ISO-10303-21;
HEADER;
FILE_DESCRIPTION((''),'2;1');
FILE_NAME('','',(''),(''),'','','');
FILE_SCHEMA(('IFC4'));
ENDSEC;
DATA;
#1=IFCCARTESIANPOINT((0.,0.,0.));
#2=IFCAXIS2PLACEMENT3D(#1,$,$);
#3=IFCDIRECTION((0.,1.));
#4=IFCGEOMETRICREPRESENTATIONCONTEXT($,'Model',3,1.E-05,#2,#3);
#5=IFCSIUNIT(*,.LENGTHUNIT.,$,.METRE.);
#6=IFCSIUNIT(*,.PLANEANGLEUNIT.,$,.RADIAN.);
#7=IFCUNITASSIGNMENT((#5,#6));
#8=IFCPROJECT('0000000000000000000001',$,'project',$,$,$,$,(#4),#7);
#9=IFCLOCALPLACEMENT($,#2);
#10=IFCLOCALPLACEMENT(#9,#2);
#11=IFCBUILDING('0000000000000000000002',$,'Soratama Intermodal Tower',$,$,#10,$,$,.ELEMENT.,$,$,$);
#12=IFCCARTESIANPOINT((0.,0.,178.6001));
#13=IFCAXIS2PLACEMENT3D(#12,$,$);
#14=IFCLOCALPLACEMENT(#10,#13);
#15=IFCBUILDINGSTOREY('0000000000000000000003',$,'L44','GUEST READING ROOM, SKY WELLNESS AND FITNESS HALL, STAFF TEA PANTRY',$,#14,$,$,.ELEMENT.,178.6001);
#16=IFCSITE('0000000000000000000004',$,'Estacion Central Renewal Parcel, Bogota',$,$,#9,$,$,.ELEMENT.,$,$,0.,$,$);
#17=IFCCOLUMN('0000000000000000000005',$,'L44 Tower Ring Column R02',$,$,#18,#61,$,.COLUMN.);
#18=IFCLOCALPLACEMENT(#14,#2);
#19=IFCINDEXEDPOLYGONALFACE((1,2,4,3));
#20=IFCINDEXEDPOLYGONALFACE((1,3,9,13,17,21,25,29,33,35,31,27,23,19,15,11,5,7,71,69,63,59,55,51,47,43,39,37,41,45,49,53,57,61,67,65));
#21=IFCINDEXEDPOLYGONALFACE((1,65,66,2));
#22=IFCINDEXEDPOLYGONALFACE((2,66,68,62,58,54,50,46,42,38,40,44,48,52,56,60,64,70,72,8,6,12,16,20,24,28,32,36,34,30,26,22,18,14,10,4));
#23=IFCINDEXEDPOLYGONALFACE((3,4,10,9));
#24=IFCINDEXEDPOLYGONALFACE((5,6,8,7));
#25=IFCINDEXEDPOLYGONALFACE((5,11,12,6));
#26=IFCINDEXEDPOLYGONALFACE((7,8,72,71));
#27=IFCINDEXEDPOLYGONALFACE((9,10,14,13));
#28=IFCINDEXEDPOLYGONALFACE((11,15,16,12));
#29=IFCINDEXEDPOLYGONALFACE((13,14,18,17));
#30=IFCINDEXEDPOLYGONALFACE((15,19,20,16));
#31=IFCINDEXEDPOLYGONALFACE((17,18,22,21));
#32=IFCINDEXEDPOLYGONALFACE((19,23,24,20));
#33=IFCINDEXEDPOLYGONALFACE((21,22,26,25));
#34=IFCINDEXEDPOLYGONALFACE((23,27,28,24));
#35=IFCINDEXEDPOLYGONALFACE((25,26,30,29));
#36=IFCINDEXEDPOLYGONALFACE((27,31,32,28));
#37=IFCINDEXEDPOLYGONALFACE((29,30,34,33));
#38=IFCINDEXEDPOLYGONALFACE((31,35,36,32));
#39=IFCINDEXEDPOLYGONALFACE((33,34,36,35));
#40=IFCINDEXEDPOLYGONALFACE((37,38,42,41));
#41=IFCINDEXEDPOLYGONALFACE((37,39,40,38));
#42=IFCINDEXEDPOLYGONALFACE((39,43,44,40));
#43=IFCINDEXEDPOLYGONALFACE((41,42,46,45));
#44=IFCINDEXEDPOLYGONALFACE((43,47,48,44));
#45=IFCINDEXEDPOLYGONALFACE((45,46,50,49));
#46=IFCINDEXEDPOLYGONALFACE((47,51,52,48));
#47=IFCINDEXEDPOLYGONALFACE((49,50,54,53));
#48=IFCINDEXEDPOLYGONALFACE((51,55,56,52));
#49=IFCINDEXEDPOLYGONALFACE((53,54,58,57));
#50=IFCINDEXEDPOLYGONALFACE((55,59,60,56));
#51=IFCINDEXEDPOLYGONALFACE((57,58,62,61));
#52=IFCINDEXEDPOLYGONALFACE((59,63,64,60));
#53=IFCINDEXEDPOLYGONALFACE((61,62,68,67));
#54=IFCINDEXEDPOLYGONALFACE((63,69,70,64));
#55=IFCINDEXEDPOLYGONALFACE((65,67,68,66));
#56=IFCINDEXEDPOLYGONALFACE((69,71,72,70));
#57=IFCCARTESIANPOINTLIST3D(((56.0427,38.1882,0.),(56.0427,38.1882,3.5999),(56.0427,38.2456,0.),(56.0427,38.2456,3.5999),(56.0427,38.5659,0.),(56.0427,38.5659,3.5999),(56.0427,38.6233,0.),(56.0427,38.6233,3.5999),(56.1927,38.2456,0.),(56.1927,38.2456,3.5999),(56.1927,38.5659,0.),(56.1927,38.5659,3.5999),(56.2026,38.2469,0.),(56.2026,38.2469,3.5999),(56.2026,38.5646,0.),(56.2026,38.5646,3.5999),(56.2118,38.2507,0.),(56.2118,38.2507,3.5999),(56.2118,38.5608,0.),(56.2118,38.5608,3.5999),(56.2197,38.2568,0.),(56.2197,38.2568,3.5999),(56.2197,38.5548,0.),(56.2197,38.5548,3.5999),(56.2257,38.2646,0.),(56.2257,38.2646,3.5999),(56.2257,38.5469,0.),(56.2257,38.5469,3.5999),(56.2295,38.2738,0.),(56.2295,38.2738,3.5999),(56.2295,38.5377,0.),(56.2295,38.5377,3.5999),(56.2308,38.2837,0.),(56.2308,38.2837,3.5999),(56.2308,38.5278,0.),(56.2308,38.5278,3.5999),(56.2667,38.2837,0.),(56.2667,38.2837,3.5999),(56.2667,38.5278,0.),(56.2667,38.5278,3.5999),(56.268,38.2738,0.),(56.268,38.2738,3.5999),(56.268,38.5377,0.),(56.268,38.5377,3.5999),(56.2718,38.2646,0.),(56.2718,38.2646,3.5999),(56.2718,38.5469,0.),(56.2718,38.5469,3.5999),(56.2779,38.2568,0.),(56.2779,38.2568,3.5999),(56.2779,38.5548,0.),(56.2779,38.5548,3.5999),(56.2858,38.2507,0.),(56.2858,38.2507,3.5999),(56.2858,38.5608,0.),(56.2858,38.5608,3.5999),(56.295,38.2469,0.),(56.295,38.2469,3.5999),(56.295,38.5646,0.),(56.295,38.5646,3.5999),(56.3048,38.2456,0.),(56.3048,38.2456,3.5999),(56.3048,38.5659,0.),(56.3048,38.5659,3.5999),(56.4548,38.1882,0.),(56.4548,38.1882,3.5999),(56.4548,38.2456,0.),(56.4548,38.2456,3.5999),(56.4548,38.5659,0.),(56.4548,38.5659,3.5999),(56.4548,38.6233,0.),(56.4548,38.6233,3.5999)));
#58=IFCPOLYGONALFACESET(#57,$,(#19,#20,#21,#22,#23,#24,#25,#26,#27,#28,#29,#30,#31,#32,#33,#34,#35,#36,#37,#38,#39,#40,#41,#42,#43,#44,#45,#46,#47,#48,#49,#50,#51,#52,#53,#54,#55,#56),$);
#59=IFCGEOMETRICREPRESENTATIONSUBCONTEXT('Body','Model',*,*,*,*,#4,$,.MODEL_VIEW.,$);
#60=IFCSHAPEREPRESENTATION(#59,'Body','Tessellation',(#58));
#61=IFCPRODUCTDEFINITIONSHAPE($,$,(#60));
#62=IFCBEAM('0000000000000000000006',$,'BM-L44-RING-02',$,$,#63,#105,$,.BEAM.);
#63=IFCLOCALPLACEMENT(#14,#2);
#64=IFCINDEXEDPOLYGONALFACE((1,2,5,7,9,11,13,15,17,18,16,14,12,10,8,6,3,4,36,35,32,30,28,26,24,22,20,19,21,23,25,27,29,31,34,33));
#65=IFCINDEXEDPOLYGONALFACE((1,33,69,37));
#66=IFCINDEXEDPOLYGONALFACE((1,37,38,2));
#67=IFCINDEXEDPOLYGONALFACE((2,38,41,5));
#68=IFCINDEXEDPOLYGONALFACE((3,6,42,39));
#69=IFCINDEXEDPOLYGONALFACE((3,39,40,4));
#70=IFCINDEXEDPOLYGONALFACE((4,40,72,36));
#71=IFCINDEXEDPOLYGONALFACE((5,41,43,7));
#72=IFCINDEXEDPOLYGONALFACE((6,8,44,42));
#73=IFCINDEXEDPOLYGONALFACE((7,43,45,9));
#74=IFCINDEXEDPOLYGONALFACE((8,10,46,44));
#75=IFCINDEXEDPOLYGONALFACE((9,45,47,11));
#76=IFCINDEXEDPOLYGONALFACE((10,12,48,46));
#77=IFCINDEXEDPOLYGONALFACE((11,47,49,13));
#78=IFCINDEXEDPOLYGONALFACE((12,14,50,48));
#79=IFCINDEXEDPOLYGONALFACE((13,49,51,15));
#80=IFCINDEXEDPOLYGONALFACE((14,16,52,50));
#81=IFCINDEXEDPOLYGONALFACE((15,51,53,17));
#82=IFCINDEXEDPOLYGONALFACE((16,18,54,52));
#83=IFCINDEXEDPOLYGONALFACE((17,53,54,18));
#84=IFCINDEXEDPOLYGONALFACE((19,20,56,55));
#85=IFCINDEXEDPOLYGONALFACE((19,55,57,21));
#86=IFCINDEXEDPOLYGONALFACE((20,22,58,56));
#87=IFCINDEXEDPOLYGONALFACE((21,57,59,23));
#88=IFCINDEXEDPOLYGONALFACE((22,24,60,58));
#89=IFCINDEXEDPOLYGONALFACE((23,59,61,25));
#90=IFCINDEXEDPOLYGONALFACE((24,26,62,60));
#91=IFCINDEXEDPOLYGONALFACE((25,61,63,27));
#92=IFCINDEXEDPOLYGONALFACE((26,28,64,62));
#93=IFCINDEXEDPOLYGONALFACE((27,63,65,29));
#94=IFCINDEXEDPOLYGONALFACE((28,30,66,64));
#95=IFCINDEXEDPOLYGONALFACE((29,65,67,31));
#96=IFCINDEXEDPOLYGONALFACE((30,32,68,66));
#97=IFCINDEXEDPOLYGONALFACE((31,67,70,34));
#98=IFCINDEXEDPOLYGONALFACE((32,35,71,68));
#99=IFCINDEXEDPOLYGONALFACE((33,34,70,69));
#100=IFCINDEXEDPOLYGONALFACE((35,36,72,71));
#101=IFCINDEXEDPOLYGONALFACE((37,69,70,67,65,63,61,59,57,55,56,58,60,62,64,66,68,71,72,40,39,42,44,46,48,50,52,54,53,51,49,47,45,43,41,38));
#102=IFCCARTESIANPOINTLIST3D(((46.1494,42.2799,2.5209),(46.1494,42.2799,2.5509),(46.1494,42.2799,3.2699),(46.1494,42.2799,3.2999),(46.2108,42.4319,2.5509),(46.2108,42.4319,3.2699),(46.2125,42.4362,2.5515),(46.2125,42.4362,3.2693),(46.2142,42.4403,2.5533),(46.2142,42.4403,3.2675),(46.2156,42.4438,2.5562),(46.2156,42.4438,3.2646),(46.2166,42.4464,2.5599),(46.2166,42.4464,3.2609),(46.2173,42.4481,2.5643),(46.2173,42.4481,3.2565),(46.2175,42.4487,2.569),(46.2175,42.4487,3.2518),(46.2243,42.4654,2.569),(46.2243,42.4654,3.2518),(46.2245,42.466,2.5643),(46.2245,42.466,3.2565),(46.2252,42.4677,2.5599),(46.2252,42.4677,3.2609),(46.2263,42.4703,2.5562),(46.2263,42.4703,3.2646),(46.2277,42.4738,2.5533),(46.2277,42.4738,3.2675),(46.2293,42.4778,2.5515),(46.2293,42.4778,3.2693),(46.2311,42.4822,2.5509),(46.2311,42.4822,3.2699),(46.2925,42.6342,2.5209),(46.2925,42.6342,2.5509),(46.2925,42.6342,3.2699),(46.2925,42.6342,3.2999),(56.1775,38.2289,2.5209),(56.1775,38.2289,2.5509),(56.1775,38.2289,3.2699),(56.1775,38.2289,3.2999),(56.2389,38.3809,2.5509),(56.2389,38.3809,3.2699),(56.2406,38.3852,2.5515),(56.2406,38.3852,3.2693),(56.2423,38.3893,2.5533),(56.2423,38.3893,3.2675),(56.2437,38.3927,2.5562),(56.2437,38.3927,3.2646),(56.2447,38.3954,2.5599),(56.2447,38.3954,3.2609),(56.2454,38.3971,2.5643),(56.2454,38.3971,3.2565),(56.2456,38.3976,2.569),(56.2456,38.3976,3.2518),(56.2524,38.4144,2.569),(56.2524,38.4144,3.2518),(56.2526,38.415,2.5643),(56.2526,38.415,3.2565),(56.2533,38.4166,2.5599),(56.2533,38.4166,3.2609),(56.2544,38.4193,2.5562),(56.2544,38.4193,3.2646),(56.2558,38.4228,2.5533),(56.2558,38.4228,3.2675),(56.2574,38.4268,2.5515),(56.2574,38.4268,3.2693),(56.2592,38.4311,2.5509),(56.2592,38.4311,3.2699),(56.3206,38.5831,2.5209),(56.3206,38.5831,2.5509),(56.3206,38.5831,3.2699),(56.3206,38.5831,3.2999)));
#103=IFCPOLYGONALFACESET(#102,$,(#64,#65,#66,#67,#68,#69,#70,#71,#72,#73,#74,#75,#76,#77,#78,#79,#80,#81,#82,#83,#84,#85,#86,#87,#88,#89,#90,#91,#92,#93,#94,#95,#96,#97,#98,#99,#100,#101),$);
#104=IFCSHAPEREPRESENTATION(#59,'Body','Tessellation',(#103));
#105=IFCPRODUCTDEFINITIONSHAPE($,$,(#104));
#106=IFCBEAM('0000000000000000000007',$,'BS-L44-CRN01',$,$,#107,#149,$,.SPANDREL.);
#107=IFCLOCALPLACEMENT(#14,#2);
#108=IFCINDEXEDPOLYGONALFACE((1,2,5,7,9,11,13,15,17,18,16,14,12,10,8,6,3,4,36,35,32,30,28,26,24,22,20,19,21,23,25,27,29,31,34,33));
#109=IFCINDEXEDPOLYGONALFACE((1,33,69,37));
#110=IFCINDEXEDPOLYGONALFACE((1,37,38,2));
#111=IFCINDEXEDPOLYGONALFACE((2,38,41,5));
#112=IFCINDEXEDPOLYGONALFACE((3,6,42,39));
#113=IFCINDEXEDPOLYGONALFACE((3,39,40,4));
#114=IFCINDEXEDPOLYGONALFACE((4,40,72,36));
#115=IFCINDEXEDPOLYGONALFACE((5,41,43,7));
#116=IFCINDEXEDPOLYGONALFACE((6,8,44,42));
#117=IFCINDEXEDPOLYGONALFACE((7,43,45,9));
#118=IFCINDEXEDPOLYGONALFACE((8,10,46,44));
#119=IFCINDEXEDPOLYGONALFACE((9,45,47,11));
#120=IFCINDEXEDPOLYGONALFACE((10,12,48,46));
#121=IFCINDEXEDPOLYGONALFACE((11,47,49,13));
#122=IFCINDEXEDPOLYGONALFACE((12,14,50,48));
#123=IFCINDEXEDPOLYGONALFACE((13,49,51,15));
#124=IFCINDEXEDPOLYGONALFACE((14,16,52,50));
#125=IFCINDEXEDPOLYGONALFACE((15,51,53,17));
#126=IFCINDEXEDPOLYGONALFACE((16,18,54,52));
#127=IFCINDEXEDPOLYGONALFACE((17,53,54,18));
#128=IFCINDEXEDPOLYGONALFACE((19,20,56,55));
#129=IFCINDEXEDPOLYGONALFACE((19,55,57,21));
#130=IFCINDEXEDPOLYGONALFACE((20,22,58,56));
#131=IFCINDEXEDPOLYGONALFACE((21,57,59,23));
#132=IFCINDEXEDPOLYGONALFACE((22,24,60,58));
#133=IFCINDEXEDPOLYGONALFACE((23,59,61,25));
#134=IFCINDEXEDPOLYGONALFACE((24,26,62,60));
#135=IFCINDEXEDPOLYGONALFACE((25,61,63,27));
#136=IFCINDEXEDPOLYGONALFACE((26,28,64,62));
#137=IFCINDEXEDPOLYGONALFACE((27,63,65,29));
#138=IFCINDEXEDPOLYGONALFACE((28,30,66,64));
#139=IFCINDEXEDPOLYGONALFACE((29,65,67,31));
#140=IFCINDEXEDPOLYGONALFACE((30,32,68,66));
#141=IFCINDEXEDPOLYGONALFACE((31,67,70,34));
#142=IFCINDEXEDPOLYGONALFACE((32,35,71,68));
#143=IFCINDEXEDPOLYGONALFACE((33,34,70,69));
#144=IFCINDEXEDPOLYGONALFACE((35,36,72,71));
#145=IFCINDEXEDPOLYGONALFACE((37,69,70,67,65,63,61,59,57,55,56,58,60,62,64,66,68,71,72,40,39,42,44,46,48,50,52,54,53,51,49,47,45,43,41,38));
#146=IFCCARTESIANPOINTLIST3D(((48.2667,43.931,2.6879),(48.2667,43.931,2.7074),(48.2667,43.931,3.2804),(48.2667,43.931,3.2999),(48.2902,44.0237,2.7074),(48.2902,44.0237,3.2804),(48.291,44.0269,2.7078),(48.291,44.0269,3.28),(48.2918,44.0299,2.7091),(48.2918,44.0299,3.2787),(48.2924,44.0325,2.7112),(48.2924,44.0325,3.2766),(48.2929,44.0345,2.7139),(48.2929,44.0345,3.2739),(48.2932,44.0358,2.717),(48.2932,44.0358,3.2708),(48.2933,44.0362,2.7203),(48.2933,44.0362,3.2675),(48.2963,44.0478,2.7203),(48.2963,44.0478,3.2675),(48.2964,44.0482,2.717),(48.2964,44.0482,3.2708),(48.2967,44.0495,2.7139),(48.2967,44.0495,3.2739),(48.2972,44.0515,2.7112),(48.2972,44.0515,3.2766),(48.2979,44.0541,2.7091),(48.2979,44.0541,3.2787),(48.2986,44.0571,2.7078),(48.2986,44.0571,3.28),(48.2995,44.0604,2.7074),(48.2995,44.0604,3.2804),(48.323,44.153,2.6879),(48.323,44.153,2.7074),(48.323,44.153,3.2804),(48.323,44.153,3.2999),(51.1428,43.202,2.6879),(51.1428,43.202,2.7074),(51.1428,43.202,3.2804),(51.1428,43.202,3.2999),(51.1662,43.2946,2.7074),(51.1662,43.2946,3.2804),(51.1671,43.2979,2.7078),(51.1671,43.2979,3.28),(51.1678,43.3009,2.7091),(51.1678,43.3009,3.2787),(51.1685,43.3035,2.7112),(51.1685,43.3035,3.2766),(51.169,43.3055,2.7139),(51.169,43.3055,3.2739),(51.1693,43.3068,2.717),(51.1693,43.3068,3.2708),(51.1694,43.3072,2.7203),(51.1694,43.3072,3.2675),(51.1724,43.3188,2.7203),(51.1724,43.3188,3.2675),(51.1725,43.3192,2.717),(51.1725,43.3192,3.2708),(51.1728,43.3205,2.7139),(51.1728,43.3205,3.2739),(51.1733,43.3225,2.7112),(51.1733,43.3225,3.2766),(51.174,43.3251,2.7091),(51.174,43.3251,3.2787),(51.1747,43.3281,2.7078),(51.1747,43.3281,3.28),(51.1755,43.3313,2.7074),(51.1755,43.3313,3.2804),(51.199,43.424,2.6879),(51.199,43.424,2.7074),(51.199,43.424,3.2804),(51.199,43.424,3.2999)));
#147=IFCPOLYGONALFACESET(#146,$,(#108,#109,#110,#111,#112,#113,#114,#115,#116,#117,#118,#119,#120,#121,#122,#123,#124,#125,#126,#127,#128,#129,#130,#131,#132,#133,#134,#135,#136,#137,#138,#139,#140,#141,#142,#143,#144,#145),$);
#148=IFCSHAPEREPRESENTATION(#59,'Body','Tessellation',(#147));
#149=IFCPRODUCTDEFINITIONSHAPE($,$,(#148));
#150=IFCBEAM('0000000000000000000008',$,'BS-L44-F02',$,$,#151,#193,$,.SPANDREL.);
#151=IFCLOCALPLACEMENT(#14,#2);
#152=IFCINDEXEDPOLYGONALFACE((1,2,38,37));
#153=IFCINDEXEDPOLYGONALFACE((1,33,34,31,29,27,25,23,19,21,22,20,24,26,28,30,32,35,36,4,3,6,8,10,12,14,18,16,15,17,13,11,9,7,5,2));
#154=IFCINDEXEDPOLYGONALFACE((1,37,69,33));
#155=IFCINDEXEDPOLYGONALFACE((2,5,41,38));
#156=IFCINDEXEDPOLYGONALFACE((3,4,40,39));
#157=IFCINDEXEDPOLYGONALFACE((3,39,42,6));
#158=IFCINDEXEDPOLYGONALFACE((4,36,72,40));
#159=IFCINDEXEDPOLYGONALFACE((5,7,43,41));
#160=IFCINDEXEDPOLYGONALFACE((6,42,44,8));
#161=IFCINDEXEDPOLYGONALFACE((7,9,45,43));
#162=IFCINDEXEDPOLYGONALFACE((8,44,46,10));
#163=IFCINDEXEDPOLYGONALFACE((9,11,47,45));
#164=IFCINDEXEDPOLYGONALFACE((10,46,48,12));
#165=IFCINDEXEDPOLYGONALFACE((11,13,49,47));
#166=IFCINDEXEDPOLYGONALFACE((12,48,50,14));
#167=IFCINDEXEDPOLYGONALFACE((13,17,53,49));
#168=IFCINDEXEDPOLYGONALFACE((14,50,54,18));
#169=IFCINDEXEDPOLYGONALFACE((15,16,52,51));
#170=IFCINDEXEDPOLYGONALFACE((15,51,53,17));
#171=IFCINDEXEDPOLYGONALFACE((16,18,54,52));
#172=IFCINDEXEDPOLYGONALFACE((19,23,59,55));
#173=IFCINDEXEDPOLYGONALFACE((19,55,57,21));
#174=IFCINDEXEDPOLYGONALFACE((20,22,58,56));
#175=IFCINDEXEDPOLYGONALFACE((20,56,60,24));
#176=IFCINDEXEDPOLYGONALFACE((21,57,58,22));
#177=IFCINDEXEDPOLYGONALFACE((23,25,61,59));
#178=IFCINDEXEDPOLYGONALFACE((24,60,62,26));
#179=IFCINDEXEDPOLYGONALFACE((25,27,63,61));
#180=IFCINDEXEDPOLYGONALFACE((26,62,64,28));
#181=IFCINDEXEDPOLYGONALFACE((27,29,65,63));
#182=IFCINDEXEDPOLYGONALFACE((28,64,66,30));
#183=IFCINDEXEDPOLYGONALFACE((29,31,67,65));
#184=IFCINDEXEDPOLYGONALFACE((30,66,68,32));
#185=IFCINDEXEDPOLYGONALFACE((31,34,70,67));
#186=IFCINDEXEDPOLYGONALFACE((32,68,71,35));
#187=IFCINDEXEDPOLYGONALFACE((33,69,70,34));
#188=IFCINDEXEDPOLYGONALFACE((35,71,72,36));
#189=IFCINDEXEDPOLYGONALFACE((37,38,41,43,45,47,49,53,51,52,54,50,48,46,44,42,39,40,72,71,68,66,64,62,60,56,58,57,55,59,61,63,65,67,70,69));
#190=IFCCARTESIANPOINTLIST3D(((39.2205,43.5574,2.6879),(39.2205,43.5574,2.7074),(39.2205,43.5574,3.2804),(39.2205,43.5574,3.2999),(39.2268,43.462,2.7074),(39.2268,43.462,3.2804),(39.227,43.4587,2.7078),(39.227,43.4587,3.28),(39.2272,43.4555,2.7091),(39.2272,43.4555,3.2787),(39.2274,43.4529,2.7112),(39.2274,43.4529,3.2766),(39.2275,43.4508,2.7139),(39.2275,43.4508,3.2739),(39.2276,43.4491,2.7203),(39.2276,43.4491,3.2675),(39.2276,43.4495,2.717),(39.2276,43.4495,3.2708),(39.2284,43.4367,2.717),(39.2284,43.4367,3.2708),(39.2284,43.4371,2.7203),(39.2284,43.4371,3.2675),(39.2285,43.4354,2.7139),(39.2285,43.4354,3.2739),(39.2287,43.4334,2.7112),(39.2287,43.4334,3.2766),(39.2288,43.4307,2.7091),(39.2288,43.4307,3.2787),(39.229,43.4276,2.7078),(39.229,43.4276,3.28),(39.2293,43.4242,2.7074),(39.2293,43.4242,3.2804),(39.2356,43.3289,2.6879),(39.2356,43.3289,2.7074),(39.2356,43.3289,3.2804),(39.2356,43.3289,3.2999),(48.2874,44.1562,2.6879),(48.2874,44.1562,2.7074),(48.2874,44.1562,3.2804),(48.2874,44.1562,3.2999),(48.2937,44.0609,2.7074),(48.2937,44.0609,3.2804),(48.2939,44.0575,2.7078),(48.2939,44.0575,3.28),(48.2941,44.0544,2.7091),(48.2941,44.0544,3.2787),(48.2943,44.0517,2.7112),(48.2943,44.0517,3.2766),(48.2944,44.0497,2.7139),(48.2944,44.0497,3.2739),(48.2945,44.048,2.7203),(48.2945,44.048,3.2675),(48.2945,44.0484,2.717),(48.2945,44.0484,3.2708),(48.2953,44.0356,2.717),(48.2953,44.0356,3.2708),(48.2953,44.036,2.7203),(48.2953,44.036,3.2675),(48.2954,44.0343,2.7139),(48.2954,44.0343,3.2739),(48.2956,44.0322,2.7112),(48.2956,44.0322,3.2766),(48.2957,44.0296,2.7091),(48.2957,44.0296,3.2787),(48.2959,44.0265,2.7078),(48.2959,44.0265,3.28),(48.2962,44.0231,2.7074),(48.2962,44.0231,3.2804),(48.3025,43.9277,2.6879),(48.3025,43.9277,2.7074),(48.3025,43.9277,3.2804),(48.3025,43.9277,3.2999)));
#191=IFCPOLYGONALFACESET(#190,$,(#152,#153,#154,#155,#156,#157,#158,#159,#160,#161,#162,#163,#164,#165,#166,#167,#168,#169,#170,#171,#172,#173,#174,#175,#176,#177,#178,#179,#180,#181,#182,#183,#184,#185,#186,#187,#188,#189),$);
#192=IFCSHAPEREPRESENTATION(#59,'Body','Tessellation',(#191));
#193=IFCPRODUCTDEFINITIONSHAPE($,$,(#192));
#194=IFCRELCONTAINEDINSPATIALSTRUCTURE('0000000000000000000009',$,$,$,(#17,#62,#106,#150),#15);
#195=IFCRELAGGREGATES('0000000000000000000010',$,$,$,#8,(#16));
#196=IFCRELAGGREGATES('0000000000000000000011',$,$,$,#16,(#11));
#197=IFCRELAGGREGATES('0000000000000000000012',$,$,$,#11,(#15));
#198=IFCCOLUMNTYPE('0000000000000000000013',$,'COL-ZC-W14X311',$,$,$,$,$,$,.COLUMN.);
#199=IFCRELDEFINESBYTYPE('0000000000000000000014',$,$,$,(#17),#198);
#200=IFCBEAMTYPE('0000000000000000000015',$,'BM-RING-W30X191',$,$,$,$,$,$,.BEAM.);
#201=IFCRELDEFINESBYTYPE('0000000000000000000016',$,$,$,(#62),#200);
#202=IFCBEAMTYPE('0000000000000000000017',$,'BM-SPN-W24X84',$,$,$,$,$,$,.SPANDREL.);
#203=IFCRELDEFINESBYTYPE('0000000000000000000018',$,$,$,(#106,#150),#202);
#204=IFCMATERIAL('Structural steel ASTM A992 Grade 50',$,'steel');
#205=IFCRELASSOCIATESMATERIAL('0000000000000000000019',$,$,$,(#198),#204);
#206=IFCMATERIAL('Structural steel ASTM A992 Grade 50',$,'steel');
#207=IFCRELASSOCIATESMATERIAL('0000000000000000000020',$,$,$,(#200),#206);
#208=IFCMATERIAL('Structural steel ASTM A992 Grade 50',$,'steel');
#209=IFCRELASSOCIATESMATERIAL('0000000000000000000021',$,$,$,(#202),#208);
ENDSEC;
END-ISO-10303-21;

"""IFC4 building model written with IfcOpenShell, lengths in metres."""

from ifc_helpers import new_model, si_unit, direction, frame, origin, origin_2d, place, context, subcontext, project, spatial, i_section, extrude, material, material_profile, profile_set, type_object, element, save


model = new_model("IFC4")

# Units and contexts
model_context = context("Model", 3, precision=1e-05, world=origin(), true_north=direction((0.0, 1.0)))
body_context = subcontext(model_context, "Body", "Model", "MODEL_VIEW")
ifc_project = project(units=[si_unit("LENGTHUNIT", "METRE"), si_unit("PLANEANGLEUNIT", "RADIAN")], contexts=[model_context])

# Site, building, storey
site_placement = place(None, origin())
site = spatial("IfcSite", under=ifc_project, at=site_placement, Name="Estacion Central Renewal Parcel, Bogota", CompositionType="ELEMENT", RefElevation=0.0)
building_placement = place(site_placement, origin())
building = spatial("IfcBuilding", under=site, at=building_placement, Name="Soratama Intermodal Tower", CompositionType="ELEMENT")
storey_placement = place(building_placement, frame((0.0, 0.0, 178.6001)))
storey = spatial("IfcBuildingStorey", under=building, at=storey_placement, Name="L44", Description="GUEST READING ROOM, SKY WELLNESS AND FITNESS HALL, STAFF TEA PANTRY", CompositionType="ELEMENT", Elevation=178.6001)

# Column
ifc_material_1 = material(Name="Structural steel ASTM A992 Grade 50", Category="steel")
ifc_material_profile_1 = material_profile(ifc_material_1, i_section(OverallWidth=0.4121, OverallDepth=0.4351, WebThickness=0.0359, FlangeThickness=0.0574, FilletRadius=0.0381, at=origin_2d()), Name="W14X311")
ifc_profile_set_1 = profile_set([ifc_material_profile_1], Name="Structural steel ASTM A992 Grade 50")
column_type = type_object("IfcColumnType", Name="COL-ZC-W14X311", PredefinedType="COLUMN", material=ifc_profile_set_1)
column_placement = place(storey_placement, frame((56.2488, 38.4058, 0.0), z_axis=(0.0, 0.0, 1.0), x_axis=(1.0, 0.0, 0.0)))
element("IfcColumn", 1, at=column_placement, inside=storey, type_object=column_type, Name="L44 Tower Ring Column R02", PredefinedType="COLUMN", context=body_context, shape_type="SweptSolid", body=[
    extrude(i_section(OverallWidth=0.4121, OverallDepth=0.4351, WebThickness=0.0359, FlangeThickness=0.0574, FilletRadius=0.0381, at=origin_2d()), origin(), (0.0, 0.0, 1.0), 3.5999),
])

# Beams
ifc_material_2 = material(Name="Structural steel ASTM A992 Grade 50", Category="steel")
ifc_material_profile_2 = material_profile(ifc_material_2, i_section(OverallWidth=0.3821, OverallDepth=0.7791, WebThickness=0.0181, FlangeThickness=0.03, FilletRadius=0.0181, at=origin_2d()), Name="W30X191")
ifc_profile_set_2 = profile_set([ifc_material_profile_2], Name="Structural steel ASTM A992 Grade 50")
beam_type_1 = type_object("IfcBeamType", Name="BM-RING-W30X191", PredefinedType="BEAM", material=ifc_profile_set_2)
beam_1_placement = place(storey_placement, frame((56.249, 38.406, 2.9104), z_axis=(-0.927202, 0.37456, 0.0), x_axis=(-0.37456, -0.927202, 0.0)))
element("IfcBeam", 2, at=beam_1_placement, inside=storey, type_object=beam_type_1, Name="BM-L44-RING-02", PredefinedType="BEAM", context=body_context, shape_type="SweptSolid", body=[
    extrude(i_section(OverallWidth=0.3821, OverallDepth=0.7791, WebThickness=0.0181, FlangeThickness=0.03, FilletRadius=0.0181, at=origin_2d()), origin(), (0.0, 0.0, 1.0), 10.8154),
])
ifc_material_3 = material(Name="Structural steel ASTM A992 Grade 50", Category="steel")
ifc_material_profile_3 = material_profile(ifc_material_3, i_section(OverallWidth=0.229, OverallDepth=0.6121, WebThickness=0.012, FlangeThickness=0.0195, FilletRadius=0.0129, at=origin_2d()), Name="W24X84")
ifc_profile_set_3 = profile_set([ifc_material_profile_3], Name="Structural steel ASTM A992 Grade 50")
beam_type_2 = type_object("IfcBeamType", Name="BM-SPN-W24X84", PredefinedType="SPANDREL", material=ifc_profile_set_3)
beam_2_placement = place(storey_placement, frame((51.1709, 43.313, 2.9939), z_axis=(-0.969343, 0.24571, 0.0), x_axis=(-0.24571, -0.969343, 0.0)))
element("IfcBeam", 3, at=beam_2_placement, inside=storey, type_object=beam_type_2, Name="BS-L44-CRN01", PredefinedType="SPANDREL", context=body_context, shape_type="SweptSolid", body=[
    extrude(i_section(OverallWidth=0.229, OverallDepth=0.6121, WebThickness=0.012, FlangeThickness=0.0195, FilletRadius=0.0129, at=origin_2d()), origin(), (0.0, 0.0, 1.0), 2.967),
])
beam_3_placement = place(storey_placement, frame((48.2949, 44.042, 2.9939), z_axis=(-0.997826, -0.065907, 0.0), x_axis=(0.065907, -0.997826, 0.0)))
element("IfcBeam", 4, at=beam_3_placement, inside=storey, type_object=beam_type_2, Name="BS-L44-F02", PredefinedType="SPANDREL", context=body_context, shape_type="SweptSolid", body=[
    extrude(i_section(OverallWidth=0.229, OverallDepth=0.6121, WebThickness=0.012, FlangeThickness=0.0195, FilletRadius=0.0129, at=origin_2d()), origin(), (0.0, 0.0, 1.0), 9.0867),
])

save(model, "model.ifc")
